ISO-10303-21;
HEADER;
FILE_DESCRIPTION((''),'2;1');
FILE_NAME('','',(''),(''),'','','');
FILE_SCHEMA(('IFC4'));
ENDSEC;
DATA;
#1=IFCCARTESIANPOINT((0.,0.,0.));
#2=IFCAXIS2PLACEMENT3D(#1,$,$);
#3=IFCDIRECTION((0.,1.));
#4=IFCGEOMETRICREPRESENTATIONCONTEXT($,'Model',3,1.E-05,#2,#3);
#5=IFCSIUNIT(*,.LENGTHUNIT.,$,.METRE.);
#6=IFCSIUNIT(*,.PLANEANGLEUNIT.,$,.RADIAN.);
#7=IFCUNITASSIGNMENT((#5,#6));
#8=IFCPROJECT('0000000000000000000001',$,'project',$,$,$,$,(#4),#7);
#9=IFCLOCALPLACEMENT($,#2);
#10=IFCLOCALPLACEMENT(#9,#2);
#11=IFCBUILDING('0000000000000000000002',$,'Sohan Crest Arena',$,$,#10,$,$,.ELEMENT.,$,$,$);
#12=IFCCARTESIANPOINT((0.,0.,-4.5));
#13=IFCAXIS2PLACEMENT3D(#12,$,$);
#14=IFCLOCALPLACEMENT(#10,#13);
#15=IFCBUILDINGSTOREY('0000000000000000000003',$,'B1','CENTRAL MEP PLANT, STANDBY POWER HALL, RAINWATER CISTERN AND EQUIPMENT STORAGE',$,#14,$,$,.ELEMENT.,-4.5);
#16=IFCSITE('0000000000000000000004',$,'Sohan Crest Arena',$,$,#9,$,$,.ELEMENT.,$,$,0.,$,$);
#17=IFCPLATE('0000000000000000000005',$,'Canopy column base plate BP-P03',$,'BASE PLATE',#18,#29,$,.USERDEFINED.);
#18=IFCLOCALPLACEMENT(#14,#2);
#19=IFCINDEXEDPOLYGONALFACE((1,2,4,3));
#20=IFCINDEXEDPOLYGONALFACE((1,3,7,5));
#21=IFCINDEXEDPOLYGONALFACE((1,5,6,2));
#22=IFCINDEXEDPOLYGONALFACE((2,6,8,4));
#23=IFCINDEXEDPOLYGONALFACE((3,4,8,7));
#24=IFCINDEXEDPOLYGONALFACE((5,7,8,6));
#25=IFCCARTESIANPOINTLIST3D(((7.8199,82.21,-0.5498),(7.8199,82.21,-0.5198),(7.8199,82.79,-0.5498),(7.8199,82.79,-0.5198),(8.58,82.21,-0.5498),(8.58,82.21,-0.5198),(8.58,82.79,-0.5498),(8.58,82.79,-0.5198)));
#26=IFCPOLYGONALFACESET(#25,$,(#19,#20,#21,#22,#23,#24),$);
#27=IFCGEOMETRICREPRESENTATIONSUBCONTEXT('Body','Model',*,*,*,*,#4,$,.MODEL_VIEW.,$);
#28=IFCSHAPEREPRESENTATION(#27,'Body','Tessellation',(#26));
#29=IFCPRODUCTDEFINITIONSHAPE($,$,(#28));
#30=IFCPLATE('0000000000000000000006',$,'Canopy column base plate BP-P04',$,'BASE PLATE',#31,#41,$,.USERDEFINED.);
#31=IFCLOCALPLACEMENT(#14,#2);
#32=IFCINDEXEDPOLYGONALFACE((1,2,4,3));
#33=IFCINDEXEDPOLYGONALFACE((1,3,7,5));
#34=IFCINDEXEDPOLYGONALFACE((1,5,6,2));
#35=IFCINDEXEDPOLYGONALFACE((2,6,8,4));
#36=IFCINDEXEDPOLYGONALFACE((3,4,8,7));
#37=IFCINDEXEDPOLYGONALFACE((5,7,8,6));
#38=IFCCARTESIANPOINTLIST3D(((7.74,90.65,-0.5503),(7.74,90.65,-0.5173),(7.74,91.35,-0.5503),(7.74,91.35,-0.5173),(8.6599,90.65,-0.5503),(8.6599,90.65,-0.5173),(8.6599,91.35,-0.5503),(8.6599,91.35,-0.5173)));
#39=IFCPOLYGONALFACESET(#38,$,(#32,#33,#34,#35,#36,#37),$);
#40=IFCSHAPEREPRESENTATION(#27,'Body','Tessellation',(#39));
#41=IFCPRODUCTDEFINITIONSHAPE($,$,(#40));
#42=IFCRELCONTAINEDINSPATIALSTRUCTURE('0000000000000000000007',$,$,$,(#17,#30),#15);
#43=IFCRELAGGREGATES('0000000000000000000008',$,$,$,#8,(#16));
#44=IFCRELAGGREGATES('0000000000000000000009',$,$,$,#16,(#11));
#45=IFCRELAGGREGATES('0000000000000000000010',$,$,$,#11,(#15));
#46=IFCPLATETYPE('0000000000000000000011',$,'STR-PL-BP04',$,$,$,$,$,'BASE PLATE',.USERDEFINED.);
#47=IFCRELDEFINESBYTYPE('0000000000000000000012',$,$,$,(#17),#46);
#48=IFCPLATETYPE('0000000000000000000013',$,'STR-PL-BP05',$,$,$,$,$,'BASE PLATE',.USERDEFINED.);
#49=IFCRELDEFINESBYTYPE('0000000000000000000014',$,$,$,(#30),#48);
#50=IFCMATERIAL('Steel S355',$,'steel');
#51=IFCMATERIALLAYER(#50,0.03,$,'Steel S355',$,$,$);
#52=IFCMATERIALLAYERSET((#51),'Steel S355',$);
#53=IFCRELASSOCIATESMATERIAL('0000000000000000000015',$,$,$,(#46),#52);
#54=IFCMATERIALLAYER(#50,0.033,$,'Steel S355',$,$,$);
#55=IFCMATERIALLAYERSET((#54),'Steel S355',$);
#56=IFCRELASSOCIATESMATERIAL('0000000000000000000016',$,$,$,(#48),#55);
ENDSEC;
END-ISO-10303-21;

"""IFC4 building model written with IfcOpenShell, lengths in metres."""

from ifc_helpers import new_model, si_unit, direction, frame, origin, origin_2d, place, context, subcontext, project, spatial, rectangle, extrude, material, layer, layer_set, type_object, element, save


model = new_model("IFC4")

# Units and contexts
model_context = context("Model", 3, precision=1e-05, world=origin(), true_north=direction((0.0, 1.0)))
body_context = subcontext(model_context, "Body", "Model", "MODEL_VIEW")
ifc_project = project(units=[si_unit("LENGTHUNIT", "METRE"), si_unit("PLANEANGLEUNIT", "RADIAN")], contexts=[model_context])

# Site, building, storey
site_placement = place(None, origin())
site = spatial("IfcSite", under=ifc_project, at=site_placement, Name="Sohan Crest Arena", CompositionType="ELEMENT", RefElevation=0.0)
building_placement = place(site_placement, origin())
building = spatial("IfcBuilding", under=site, at=building_placement, Name="Sohan Crest Arena", CompositionType="ELEMENT")
storey_placement = place(building_placement, frame((0.0, 0.0, -4.5)))
storey = spatial("IfcBuildingStorey", under=building, at=storey_placement, Name="B1", Description="CENTRAL MEP PLANT, STANDBY POWER HALL, RAINWATER CISTERN AND EQUIPMENT STORAGE", CompositionType="ELEMENT", Elevation=-4.5)

# Shared definitions
ifc_material_1 = material(Name="Steel S355", Category="steel")

# Plates
ifc_layer_1 = layer(ifc_material_1, 0.03, Name="Steel S355")
ifc_layer_set_1 = layer_set([ifc_layer_1], Name="Steel S355")
plate_type_1 = type_object("IfcPlateType", Name="STR-PL-BP04", ElementType="BASE PLATE", PredefinedType="USERDEFINED", material=ifc_layer_set_1)
plate_1_placement = place(storey_placement, frame((8.2, 82.5, -0.5498), z_axis=(0.0, 0.0, 1.0), x_axis=(1.0, 0.0, 0.0)))
element("IfcPlate", 1, at=plate_1_placement, inside=storey, type_object=plate_type_1, Name="Canopy column base plate BP-P03", ObjectType="BASE PLATE", PredefinedType="USERDEFINED", context=body_context, shape_type="SweptSolid", body=[
    extrude(rectangle(XDim=0.76, YDim=0.5801, at=origin_2d()), origin(), (0.0, 0.0, 1.0), 0.03),
])
ifc_layer_2 = layer(ifc_material_1, 0.033, Name="Steel S355")
ifc_layer_set_2 = layer_set([ifc_layer_2], Name="Steel S355")
plate_type_2 = type_object("IfcPlateType", Name="STR-PL-BP05", ElementType="BASE PLATE", PredefinedType="USERDEFINED", material=ifc_layer_set_2)
plate_2_placement = place(storey_placement, frame((8.2, 91.0, -0.5503), z_axis=(0.0, 0.0, 1.0), x_axis=(1.0, 0.0, 0.0)))
element("IfcPlate", 2, at=plate_2_placement, inside=storey, type_object=plate_type_2, Name="Canopy column base plate BP-P04", ObjectType="BASE PLATE", PredefinedType="USERDEFINED", context=body_context, shape_type="SweptSolid", body=[
    extrude(rectangle(XDim=0.9199, YDim=0.7, at=origin_2d()), origin(), (0.0, 0.0, 1.0), 0.033),
])

save(model, "model.ifc")
